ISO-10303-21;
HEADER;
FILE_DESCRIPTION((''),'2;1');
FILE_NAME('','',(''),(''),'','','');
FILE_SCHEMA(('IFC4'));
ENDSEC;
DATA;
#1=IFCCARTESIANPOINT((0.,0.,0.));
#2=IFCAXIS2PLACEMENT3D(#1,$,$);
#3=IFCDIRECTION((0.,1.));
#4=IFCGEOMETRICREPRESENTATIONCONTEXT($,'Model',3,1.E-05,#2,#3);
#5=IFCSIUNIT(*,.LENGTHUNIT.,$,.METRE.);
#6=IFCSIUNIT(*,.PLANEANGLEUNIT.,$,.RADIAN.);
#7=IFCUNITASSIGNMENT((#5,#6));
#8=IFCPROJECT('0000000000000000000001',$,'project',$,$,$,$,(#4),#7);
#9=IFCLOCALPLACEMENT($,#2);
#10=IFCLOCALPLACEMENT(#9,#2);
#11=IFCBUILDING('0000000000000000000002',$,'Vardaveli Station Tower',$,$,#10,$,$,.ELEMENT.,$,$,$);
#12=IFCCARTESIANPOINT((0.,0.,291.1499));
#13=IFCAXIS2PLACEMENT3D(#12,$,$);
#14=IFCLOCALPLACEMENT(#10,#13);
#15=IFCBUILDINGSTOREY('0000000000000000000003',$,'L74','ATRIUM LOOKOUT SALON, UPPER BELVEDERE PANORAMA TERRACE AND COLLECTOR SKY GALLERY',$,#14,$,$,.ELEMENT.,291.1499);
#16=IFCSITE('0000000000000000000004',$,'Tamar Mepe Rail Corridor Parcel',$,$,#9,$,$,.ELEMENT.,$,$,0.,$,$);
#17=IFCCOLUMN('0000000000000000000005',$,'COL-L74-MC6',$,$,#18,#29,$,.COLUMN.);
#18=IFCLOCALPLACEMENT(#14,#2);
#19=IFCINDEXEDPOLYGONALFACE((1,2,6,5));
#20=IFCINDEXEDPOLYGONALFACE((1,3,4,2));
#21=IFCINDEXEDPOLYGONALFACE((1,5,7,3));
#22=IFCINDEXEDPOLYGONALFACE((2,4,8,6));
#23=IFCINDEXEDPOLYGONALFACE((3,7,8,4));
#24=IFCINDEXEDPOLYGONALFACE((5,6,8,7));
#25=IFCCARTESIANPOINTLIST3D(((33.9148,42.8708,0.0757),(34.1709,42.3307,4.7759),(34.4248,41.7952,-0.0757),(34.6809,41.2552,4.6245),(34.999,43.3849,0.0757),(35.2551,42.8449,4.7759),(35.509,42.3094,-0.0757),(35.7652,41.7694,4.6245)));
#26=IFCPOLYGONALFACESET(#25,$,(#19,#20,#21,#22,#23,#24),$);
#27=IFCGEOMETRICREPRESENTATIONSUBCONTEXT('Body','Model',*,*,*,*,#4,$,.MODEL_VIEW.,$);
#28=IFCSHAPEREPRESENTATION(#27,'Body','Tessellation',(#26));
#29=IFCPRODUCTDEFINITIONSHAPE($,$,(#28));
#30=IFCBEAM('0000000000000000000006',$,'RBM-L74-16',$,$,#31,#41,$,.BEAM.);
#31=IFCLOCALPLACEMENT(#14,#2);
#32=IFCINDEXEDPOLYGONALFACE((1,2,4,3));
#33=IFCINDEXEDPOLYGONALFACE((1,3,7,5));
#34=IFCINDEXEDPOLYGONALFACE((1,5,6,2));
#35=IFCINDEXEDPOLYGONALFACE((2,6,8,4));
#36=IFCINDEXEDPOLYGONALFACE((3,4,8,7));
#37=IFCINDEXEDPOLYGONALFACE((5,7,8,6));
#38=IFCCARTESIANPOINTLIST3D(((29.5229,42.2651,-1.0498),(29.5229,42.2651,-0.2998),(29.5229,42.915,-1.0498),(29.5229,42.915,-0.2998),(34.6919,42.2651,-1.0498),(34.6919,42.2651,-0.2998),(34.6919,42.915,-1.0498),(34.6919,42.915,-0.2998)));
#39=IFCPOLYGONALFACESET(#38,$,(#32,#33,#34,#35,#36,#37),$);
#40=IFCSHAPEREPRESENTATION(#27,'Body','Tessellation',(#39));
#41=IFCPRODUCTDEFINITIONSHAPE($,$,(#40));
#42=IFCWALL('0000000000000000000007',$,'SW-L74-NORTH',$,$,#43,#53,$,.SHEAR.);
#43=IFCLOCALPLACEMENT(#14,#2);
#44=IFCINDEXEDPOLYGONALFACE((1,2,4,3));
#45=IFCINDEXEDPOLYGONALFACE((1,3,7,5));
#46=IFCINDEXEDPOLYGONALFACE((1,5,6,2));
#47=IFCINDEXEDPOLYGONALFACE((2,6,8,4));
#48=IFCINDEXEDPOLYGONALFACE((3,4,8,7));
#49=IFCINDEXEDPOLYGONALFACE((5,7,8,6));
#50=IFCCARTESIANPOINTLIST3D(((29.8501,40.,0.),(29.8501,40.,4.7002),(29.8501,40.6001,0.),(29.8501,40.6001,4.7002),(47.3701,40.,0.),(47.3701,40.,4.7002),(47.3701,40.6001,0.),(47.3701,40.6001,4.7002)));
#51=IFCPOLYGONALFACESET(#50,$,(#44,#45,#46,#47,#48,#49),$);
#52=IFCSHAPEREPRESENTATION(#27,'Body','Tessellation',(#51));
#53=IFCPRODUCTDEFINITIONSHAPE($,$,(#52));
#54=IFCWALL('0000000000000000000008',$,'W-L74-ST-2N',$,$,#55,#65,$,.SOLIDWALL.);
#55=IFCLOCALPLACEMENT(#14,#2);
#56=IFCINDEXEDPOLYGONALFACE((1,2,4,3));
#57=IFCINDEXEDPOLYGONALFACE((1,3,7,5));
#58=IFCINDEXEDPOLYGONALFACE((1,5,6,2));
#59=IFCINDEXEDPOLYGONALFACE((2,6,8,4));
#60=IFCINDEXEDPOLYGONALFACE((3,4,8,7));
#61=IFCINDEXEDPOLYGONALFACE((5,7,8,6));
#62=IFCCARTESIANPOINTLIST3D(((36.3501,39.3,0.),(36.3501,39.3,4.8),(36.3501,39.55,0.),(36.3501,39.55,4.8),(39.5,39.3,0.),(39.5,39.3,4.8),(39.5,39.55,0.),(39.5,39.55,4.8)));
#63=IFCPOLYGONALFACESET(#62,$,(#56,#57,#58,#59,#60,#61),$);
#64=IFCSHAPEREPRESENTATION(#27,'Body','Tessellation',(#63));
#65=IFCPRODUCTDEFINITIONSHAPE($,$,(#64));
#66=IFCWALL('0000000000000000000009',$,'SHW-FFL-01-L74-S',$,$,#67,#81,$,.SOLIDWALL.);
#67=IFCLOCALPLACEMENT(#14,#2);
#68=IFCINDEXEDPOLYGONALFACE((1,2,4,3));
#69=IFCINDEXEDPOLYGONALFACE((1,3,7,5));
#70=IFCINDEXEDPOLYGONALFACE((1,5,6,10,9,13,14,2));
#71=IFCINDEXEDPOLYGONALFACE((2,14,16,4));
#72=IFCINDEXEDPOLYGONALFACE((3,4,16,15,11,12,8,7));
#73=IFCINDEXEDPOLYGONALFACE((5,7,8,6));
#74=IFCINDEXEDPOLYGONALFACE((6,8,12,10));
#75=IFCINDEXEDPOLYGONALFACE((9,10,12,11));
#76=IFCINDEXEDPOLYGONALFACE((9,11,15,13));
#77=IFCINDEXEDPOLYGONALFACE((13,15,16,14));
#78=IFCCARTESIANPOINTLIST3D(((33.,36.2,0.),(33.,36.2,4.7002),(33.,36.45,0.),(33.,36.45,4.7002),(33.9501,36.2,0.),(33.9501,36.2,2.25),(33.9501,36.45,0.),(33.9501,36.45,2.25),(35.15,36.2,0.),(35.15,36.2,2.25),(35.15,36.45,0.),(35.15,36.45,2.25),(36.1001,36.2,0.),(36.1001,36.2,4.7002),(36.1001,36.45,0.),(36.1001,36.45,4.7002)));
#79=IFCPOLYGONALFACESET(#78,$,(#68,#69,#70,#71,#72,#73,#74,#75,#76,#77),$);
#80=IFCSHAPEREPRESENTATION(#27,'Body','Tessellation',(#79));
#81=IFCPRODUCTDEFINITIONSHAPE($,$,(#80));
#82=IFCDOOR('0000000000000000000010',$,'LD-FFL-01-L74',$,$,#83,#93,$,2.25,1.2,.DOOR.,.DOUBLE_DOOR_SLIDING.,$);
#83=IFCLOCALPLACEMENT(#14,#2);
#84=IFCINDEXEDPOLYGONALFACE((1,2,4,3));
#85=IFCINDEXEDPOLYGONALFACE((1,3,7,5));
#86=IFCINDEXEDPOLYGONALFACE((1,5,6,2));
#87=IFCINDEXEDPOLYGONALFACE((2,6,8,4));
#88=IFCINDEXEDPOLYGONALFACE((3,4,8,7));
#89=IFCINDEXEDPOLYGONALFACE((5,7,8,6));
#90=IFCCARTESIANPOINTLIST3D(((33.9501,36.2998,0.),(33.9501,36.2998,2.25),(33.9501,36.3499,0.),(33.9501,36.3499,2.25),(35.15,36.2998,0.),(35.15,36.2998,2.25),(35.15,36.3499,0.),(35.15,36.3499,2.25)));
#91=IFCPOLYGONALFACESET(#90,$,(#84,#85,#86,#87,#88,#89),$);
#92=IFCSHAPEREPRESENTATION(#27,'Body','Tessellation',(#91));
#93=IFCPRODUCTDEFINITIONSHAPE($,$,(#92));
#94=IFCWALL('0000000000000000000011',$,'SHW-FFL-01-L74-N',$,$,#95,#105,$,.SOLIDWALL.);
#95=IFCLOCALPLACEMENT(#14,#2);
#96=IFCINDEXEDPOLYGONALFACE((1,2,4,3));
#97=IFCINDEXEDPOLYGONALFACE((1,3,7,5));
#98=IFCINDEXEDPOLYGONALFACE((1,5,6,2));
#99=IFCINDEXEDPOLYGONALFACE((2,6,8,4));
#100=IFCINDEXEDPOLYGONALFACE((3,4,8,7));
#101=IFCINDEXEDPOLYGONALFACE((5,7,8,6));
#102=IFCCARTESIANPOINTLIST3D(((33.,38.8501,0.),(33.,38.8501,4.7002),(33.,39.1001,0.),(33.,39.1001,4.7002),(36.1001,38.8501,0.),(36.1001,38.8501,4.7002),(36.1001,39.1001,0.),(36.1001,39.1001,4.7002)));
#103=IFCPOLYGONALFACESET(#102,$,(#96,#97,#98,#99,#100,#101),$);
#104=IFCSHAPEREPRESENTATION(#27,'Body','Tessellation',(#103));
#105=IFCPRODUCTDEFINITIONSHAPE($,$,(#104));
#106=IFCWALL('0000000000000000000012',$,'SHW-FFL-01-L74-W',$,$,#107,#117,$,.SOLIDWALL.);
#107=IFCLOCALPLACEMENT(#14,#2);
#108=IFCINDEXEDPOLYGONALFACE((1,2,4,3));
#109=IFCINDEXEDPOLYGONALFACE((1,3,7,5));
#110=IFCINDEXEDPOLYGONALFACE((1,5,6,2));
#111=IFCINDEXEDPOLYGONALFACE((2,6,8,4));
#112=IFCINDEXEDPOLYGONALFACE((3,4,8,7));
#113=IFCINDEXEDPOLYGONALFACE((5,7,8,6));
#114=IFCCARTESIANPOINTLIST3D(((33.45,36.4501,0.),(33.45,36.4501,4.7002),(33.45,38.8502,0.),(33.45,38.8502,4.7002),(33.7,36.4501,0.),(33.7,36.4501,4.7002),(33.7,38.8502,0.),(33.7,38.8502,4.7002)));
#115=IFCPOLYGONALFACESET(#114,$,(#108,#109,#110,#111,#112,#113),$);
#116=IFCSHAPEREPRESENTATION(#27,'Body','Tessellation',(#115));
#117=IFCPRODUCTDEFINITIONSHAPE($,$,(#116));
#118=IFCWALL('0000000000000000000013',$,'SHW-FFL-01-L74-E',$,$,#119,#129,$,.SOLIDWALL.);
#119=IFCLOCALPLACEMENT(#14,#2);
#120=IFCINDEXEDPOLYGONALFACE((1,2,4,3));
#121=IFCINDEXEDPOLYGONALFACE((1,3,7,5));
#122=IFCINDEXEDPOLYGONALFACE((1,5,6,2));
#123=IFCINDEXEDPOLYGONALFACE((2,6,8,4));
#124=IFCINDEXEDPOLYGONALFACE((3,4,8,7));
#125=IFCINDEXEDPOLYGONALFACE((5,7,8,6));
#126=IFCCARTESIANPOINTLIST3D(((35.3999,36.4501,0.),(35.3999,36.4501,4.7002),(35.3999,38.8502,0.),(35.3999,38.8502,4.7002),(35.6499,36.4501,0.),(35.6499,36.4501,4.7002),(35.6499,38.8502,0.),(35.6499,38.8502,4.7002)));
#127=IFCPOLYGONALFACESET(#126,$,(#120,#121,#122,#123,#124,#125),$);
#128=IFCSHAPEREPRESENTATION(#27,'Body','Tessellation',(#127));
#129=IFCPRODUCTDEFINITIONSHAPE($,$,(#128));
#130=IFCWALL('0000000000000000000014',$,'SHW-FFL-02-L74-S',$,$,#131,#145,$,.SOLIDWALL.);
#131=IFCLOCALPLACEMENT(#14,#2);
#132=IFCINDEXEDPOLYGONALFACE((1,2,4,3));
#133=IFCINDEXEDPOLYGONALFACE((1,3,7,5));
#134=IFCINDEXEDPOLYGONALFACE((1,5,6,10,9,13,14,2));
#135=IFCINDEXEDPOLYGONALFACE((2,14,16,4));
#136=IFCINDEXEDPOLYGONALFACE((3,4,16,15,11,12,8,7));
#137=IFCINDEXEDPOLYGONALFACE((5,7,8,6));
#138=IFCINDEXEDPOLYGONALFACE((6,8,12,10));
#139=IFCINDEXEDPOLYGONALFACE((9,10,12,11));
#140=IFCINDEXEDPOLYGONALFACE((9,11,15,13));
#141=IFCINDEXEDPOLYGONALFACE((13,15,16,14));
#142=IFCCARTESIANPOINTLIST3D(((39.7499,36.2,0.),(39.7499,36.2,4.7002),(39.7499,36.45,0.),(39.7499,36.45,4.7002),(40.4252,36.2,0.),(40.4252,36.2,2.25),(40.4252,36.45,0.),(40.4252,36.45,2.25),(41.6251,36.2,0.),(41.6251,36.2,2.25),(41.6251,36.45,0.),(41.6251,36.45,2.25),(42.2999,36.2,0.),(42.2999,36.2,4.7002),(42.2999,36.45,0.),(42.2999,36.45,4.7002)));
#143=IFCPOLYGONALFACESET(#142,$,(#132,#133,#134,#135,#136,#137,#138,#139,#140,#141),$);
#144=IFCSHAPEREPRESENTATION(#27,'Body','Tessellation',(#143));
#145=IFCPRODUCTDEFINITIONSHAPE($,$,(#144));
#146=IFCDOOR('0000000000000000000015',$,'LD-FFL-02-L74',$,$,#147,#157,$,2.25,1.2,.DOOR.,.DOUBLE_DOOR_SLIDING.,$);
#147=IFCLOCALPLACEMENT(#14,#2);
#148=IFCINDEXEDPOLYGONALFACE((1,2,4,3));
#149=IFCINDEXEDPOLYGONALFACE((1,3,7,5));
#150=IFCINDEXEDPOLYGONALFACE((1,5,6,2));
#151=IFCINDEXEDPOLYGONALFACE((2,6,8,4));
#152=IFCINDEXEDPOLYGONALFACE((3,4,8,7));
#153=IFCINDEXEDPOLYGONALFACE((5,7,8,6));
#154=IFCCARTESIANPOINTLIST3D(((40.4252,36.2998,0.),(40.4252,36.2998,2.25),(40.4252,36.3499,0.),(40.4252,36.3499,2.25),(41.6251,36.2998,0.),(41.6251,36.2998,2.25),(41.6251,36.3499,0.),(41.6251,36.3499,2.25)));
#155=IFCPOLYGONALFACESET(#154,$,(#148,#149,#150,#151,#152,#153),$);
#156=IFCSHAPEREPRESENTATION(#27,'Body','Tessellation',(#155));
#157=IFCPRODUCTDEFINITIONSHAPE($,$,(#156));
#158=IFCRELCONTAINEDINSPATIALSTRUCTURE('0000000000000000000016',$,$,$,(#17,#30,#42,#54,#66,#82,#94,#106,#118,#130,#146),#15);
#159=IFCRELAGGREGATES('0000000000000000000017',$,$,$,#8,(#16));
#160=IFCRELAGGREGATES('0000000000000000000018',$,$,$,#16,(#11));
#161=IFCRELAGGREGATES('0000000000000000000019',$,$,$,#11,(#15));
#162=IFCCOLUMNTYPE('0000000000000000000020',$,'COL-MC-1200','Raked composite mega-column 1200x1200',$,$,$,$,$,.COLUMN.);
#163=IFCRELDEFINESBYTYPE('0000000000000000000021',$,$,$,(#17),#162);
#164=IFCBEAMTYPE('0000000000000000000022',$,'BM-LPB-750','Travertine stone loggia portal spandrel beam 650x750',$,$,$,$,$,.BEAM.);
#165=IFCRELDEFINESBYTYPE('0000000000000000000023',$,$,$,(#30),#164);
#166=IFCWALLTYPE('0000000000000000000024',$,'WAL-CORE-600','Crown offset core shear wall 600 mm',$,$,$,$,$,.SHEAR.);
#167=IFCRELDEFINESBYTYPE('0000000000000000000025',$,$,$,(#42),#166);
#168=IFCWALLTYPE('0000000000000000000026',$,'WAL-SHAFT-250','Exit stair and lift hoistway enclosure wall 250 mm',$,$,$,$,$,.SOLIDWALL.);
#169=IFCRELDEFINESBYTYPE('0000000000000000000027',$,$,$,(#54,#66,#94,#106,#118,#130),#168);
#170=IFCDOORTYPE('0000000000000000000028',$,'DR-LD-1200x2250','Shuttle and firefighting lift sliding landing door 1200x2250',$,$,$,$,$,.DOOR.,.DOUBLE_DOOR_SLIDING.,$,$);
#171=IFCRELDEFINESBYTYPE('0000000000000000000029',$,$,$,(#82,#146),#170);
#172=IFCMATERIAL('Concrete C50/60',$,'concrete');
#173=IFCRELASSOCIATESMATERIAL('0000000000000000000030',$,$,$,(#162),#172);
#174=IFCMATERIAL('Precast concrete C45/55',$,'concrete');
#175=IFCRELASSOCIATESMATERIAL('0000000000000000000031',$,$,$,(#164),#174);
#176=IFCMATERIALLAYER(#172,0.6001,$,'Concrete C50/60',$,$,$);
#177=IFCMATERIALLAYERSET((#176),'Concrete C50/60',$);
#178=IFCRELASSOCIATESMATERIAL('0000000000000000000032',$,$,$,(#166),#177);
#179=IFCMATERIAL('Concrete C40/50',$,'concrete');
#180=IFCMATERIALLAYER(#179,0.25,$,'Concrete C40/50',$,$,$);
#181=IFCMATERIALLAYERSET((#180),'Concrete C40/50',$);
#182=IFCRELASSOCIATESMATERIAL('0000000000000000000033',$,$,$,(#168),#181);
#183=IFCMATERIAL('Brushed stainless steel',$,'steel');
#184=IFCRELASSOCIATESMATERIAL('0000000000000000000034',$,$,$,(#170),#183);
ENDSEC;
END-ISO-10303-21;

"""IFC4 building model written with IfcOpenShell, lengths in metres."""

from ifc_helpers import new_model, si_unit, direction, frame, frame_2d, origin, origin_2d, place, context, subcontext, project, spatial, rectangle, extrude, source, transform, mapped, material, layer, layer_set, material_profile, profile_set, type_object, element, fill, save


model = new_model("IFC4")

# Units and contexts
model_context = context("Model", 3, precision=1e-05, world=origin(), true_north=direction((0.0, 1.0)))
body_context = subcontext(model_context, "Body", "Model", "MODEL_VIEW")
ifc_project = project(units=[si_unit("LENGTHUNIT", "METRE"), si_unit("PLANEANGLEUNIT", "RADIAN")], contexts=[model_context])

# Site, building, storey
site_placement = place(None, origin())
site = spatial("IfcSite", under=ifc_project, at=site_placement, Name="Tamar Mepe Rail Corridor Parcel", CompositionType="ELEMENT", RefElevation=0.0)
building_placement = place(site_placement, origin())
building = spatial("IfcBuilding", under=site, at=building_placement, Name="Vardaveli Station Tower", CompositionType="ELEMENT")
storey_placement = place(building_placement, frame((0.0, 0.0, 291.1499)))
storey = spatial("IfcBuildingStorey", under=building, at=storey_placement, Name="L74", Description="ATRIUM LOOKOUT SALON, UPPER BELVEDERE PANORAMA TERRACE AND COLLECTOR SKY GALLERY", CompositionType="ELEMENT", Elevation=291.1499)

# Column
ifc_material_1 = material(Name="Concrete C50/60", Category="concrete")
ifc_material_profile_1 = material_profile(ifc_material_1, rectangle(XDim=1.2, YDim=1.2, at=origin_2d()), Name="MC 1200x1200")
ifc_profile_set_1 = profile_set([ifc_material_profile_1], Name="Concrete C50/60")
column_type = type_object("IfcColumnType", Name="COL-MC-1200", Description="Raked composite mega-column 1200x1200", PredefinedType="COLUMN", material=ifc_profile_set_1)
shared_shape_1 = source(origin(), body_context, "Body", "SweptSolid", [
    extrude(rectangle(XDim=1.2, YDim=1.2, at=origin_2d()), origin(), (0.0, 0.0, 1.0), 4.738),
])
column_placement = place(storey_placement, frame((34.7119, 42.5901, 0.0), z_axis=(0.054053, -0.113979, 0.992012), x_axis=(0.903546, 0.42849, 0.0)))
element("IfcColumn", 1, at=column_placement, inside=storey, type_object=column_type, Name="COL-L74-MC6", PredefinedType="COLUMN", context=body_context, shape_type="MappedRepresentation", body=[
    mapped(shared_shape_1, transform((0.0, 0.0, 0.0), scale=1.0)),
])

# Beam
ifc_material_2 = material(Name="Precast concrete C45/55", Category="concrete")
ifc_material_profile_2 = material_profile(ifc_material_2, rectangle(XDim=0.6499, YDim=0.75, at=origin_2d()), Name="LPB 650x750")
ifc_profile_set_2 = profile_set([ifc_material_profile_2], Name="Precast concrete C45/55")
beam_type = type_object("IfcBeamType", Name="BM-LPB-750", Description="Travertine stone loggia portal spandrel beam 650x750", PredefinedType="BEAM", material=ifc_profile_set_2)
shared_shape_2 = source(origin(), body_context, "Body", "SweptSolid", [
    extrude(rectangle(XDim=0.6499, YDim=0.75, at=origin_2d()), origin(), (0.0, 0.0, 1.0), 5.1689),
])
beam_placement = place(storey_placement, frame((34.6919, 42.5901, -0.6748), z_axis=(-1.0, 0.0, 0.0), x_axis=(0.0, -1.0, 0.0)))
element("IfcBeam", 2, at=beam_placement, inside=storey, type_object=beam_type, Name="RBM-L74-16", PredefinedType="BEAM", context=body_context, shape_type="MappedRepresentation", body=[
    mapped(shared_shape_2, transform((0.0, 0.0, 0.0), scale=1.0)),
])

# Walls
ifc_layer_1 = layer(ifc_material_1, 0.6001, Name="Concrete C50/60")
ifc_layer_set_1 = layer_set([ifc_layer_1], Name="Concrete C50/60")
wall_type_1 = type_object("IfcWallType", Name="WAL-CORE-600", Description="Crown offset core shear wall 600 mm", PredefinedType="SHEAR", material=ifc_layer_set_1)
shared_shape_3 = source(origin(), body_context, "Body", "SweptSolid", [
    extrude(rectangle(XDim=17.52, YDim=0.6001, at=frame_2d((8.76, 0.0))), origin(), (0.0, 0.0, 1.0), 4.7002),
])
wall_1_placement = place(storey_placement, frame((29.8501, 40.3, 0.0), z_axis=(0.0, 0.0, 1.0), x_axis=(1.0, 0.0, 0.0)))
element("IfcWall", 3, at=wall_1_placement, inside=storey, type_object=wall_type_1, Name="SW-L74-NORTH", PredefinedType="SHEAR", context=body_context, shape_type="MappedRepresentation", body=[
    mapped(shared_shape_3, transform((0.0, 0.0, 0.0), scale=1.0)),
])
ifc_material_3 = material(Name="Concrete C40/50", Category="concrete")
ifc_layer_2 = layer(ifc_material_3, 0.25, Name="Concrete C40/50")
ifc_layer_set_2 = layer_set([ifc_layer_2], Name="Concrete C40/50")
wall_type_2 = type_object("IfcWallType", Name="WAL-SHAFT-250", Description="Exit stair and lift hoistway enclosure wall 250 mm", PredefinedType="SOLIDWALL", material=ifc_layer_set_2)
shared_shape_4 = source(origin(), body_context, "Body", "SweptSolid", [
    extrude(rectangle(XDim=3.1499, YDim=0.25, at=frame_2d((1.575, 0.0))), origin(), (0.0, 0.0, 1.0), 4.8),
])
wall_2_placement = place(storey_placement, frame((36.3501, 39.425, 0.0), z_axis=(0.0, 0.0, 1.0), x_axis=(1.0, 0.0, 0.0)))
element("IfcWall", 4, at=wall_2_placement, inside=storey, type_object=wall_type_2, Name="W-L74-ST-2N", PredefinedType="SOLIDWALL", context=body_context, shape_type="MappedRepresentation", body=[
    mapped(shared_shape_4, transform((0.0, 0.0, 0.0), scale=1.0)),
])

# Wall, opening, door
shared_shape_5 = source(origin(), body_context, "Body", "SweptSolid", [
    extrude(rectangle(XDim=3.1001, YDim=0.25, at=frame_2d((1.55, 0.0))), origin(), (0.0, 0.0, 1.0), 4.7002),
])
wall_3_placement = place(storey_placement, frame((33.0, 36.325, 0.0), z_axis=(0.0, 0.0, 1.0), x_axis=(1.0, 0.0, 0.0)))
wall_3 = element("IfcWall", 5, at=wall_3_placement, inside=storey, type_object=wall_type_2, Name="SHW-FFL-01-L74-S", PredefinedType="SOLIDWALL", context=body_context, shape_type="MappedRepresentation", body=[
    mapped(shared_shape_5, transform((0.0, 0.0, 0.0), scale=1.0)),
])
shared_shape_6 = source(origin(), body_context, "Body", "SweptSolid", [
    extrude(rectangle(XDim=1.2, YDim=2.25, at=frame_2d((0.6001, 1.125))), frame((0.0, 0.135, 0.0), z_axis=(0.0, -1.0, 0.0), x_axis=(1.0, 0.0, 0.0)), (0.0, 0.0, 1.0), 0.27),
])
opening_1_placement = place(wall_3_placement, frame((0.95, 0.0, 0.0)))
opening_1 = element("IfcOpeningElement", 6, at=opening_1_placement, cuts=wall_3, PredefinedType="OPENING", context=body_context, shape_type="MappedRepresentation", body=[
    mapped(shared_shape_6, transform((0.0, 0.0, 0.0), scale=1.0)),
])
ifc_material_4 = material(Name="Brushed stainless steel", Category="steel")
door_type = type_object("IfcDoorType", Name="DR-LD-1200x2250", Description="Shuttle and firefighting lift sliding landing door 1200x2250", OperationType="DOUBLE_DOOR_SLIDING", PredefinedType="DOOR", material=ifc_material_4)
shared_shape_7 = source(origin(), body_context, "Body", "SweptSolid", [
    extrude(rectangle(XDim=1.2, YDim=2.25, at=frame_2d((0.6001, 1.125))), frame((0.0, 0.0249, 0.0), z_axis=(0.0, -1.0, 0.0), x_axis=(1.0, 0.0, 0.0)), (0.0, 0.0, 1.0), 0.05),
])
door_1_placement = place(opening_1_placement, origin())
door_1 = element("IfcDoor", 7, at=door_1_placement, inside=storey, type_object=door_type, Name="LD-FFL-01-L74", OperationType="DOUBLE_DOOR_SLIDING", OverallHeight=2.25, OverallWidth=1.2, PredefinedType="DOOR", context=body_context, shape_type="MappedRepresentation", body=[
    mapped(shared_shape_7, transform((0.0, 0.0, 0.0), scale=1.0)),
])
fill(opening_1, door_1)

# Walls
wall_4_placement = place(storey_placement, frame((33.0, 38.9751, 0.0), z_axis=(0.0, 0.0, 1.0), x_axis=(1.0, 0.0, 0.0)))
element("IfcWall", 8, at=wall_4_placement, inside=storey, type_object=wall_type_2, Name="SHW-FFL-01-L74-N", PredefinedType="SOLIDWALL", context=body_context, shape_type="MappedRepresentation", body=[
    mapped(shared_shape_5, transform((0.0, 0.0, 0.0), scale=1.0)),
])
shared_shape_8 = source(origin(), body_context, "Body", "SweptSolid", [
    extrude(rectangle(XDim=2.4001, YDim=0.25, at=frame_2d((1.2002, 0.0))), origin(), (0.0, 0.0, 1.0), 4.7002),
])
for number, where, z_axis, x_axis, name in (
    (9, (33.575, 36.45, 0.0), (0.0, 0.0, 1.0), (0.0, 1.0, 0.0), "SHW-FFL-01-L74-W"),
    (10, (35.5249, 36.45, 0.0), (0.0, 0.0, 1.0), (0.0, 1.0, 0.0), "SHW-FFL-01-L74-E"),
):
    element("IfcWall", number, at=place(storey_placement, frame(where, z_axis=z_axis, x_axis=x_axis)), inside=storey, type_object=wall_type_2, Name=name, PredefinedType="SOLIDWALL", context=body_context, shape_type="MappedRepresentation", body=[
        mapped(shared_shape_8, transform((0.0, 0.0, 0.0), scale=1.0)),
    ])

# Wall, opening, door
shared_shape_9 = source(origin(), body_context, "Body", "SweptSolid", [
    extrude(rectangle(XDim=2.55, YDim=0.25, at=frame_2d((1.2749, 0.0))), origin(), (0.0, 0.0, 1.0), 4.7002),
])
wall_5_placement = place(storey_placement, frame((39.75, 36.325, 0.0), z_axis=(0.0, 0.0, 1.0), x_axis=(1.0, 0.0, 0.0)))
wall_5 = element("IfcWall", 11, at=wall_5_placement, inside=storey, type_object=wall_type_2, Name="SHW-FFL-02-L74-S", PredefinedType="SOLIDWALL", context=body_context, shape_type="MappedRepresentation", body=[
    mapped(shared_shape_9, transform((0.0, 0.0, 0.0), scale=1.0)),
])
opening_2_placement = place(wall_5_placement, frame((0.675, 0.0, 0.0)))
opening_2 = element("IfcOpeningElement", 12, at=opening_2_placement, cuts=wall_5, PredefinedType="OPENING", context=body_context, shape_type="MappedRepresentation", body=[
    mapped(shared_shape_6, transform((0.0, 0.0, 0.0), scale=1.0)),
])
door_2_placement = place(opening_2_placement, origin())
door_2 = element("IfcDoor", 13, at=door_2_placement, inside=storey, type_object=door_type, Name="LD-FFL-02-L74", OperationType="DOUBLE_DOOR_SLIDING", OverallHeight=2.25, OverallWidth=1.2, PredefinedType="DOOR", context=body_context, shape_type="MappedRepresentation", body=[
    mapped(shared_shape_7, transform((0.0, 0.0, 0.0), scale=1.0)),
])
fill(opening_2, door_2)

save(model, "model.ifc")
